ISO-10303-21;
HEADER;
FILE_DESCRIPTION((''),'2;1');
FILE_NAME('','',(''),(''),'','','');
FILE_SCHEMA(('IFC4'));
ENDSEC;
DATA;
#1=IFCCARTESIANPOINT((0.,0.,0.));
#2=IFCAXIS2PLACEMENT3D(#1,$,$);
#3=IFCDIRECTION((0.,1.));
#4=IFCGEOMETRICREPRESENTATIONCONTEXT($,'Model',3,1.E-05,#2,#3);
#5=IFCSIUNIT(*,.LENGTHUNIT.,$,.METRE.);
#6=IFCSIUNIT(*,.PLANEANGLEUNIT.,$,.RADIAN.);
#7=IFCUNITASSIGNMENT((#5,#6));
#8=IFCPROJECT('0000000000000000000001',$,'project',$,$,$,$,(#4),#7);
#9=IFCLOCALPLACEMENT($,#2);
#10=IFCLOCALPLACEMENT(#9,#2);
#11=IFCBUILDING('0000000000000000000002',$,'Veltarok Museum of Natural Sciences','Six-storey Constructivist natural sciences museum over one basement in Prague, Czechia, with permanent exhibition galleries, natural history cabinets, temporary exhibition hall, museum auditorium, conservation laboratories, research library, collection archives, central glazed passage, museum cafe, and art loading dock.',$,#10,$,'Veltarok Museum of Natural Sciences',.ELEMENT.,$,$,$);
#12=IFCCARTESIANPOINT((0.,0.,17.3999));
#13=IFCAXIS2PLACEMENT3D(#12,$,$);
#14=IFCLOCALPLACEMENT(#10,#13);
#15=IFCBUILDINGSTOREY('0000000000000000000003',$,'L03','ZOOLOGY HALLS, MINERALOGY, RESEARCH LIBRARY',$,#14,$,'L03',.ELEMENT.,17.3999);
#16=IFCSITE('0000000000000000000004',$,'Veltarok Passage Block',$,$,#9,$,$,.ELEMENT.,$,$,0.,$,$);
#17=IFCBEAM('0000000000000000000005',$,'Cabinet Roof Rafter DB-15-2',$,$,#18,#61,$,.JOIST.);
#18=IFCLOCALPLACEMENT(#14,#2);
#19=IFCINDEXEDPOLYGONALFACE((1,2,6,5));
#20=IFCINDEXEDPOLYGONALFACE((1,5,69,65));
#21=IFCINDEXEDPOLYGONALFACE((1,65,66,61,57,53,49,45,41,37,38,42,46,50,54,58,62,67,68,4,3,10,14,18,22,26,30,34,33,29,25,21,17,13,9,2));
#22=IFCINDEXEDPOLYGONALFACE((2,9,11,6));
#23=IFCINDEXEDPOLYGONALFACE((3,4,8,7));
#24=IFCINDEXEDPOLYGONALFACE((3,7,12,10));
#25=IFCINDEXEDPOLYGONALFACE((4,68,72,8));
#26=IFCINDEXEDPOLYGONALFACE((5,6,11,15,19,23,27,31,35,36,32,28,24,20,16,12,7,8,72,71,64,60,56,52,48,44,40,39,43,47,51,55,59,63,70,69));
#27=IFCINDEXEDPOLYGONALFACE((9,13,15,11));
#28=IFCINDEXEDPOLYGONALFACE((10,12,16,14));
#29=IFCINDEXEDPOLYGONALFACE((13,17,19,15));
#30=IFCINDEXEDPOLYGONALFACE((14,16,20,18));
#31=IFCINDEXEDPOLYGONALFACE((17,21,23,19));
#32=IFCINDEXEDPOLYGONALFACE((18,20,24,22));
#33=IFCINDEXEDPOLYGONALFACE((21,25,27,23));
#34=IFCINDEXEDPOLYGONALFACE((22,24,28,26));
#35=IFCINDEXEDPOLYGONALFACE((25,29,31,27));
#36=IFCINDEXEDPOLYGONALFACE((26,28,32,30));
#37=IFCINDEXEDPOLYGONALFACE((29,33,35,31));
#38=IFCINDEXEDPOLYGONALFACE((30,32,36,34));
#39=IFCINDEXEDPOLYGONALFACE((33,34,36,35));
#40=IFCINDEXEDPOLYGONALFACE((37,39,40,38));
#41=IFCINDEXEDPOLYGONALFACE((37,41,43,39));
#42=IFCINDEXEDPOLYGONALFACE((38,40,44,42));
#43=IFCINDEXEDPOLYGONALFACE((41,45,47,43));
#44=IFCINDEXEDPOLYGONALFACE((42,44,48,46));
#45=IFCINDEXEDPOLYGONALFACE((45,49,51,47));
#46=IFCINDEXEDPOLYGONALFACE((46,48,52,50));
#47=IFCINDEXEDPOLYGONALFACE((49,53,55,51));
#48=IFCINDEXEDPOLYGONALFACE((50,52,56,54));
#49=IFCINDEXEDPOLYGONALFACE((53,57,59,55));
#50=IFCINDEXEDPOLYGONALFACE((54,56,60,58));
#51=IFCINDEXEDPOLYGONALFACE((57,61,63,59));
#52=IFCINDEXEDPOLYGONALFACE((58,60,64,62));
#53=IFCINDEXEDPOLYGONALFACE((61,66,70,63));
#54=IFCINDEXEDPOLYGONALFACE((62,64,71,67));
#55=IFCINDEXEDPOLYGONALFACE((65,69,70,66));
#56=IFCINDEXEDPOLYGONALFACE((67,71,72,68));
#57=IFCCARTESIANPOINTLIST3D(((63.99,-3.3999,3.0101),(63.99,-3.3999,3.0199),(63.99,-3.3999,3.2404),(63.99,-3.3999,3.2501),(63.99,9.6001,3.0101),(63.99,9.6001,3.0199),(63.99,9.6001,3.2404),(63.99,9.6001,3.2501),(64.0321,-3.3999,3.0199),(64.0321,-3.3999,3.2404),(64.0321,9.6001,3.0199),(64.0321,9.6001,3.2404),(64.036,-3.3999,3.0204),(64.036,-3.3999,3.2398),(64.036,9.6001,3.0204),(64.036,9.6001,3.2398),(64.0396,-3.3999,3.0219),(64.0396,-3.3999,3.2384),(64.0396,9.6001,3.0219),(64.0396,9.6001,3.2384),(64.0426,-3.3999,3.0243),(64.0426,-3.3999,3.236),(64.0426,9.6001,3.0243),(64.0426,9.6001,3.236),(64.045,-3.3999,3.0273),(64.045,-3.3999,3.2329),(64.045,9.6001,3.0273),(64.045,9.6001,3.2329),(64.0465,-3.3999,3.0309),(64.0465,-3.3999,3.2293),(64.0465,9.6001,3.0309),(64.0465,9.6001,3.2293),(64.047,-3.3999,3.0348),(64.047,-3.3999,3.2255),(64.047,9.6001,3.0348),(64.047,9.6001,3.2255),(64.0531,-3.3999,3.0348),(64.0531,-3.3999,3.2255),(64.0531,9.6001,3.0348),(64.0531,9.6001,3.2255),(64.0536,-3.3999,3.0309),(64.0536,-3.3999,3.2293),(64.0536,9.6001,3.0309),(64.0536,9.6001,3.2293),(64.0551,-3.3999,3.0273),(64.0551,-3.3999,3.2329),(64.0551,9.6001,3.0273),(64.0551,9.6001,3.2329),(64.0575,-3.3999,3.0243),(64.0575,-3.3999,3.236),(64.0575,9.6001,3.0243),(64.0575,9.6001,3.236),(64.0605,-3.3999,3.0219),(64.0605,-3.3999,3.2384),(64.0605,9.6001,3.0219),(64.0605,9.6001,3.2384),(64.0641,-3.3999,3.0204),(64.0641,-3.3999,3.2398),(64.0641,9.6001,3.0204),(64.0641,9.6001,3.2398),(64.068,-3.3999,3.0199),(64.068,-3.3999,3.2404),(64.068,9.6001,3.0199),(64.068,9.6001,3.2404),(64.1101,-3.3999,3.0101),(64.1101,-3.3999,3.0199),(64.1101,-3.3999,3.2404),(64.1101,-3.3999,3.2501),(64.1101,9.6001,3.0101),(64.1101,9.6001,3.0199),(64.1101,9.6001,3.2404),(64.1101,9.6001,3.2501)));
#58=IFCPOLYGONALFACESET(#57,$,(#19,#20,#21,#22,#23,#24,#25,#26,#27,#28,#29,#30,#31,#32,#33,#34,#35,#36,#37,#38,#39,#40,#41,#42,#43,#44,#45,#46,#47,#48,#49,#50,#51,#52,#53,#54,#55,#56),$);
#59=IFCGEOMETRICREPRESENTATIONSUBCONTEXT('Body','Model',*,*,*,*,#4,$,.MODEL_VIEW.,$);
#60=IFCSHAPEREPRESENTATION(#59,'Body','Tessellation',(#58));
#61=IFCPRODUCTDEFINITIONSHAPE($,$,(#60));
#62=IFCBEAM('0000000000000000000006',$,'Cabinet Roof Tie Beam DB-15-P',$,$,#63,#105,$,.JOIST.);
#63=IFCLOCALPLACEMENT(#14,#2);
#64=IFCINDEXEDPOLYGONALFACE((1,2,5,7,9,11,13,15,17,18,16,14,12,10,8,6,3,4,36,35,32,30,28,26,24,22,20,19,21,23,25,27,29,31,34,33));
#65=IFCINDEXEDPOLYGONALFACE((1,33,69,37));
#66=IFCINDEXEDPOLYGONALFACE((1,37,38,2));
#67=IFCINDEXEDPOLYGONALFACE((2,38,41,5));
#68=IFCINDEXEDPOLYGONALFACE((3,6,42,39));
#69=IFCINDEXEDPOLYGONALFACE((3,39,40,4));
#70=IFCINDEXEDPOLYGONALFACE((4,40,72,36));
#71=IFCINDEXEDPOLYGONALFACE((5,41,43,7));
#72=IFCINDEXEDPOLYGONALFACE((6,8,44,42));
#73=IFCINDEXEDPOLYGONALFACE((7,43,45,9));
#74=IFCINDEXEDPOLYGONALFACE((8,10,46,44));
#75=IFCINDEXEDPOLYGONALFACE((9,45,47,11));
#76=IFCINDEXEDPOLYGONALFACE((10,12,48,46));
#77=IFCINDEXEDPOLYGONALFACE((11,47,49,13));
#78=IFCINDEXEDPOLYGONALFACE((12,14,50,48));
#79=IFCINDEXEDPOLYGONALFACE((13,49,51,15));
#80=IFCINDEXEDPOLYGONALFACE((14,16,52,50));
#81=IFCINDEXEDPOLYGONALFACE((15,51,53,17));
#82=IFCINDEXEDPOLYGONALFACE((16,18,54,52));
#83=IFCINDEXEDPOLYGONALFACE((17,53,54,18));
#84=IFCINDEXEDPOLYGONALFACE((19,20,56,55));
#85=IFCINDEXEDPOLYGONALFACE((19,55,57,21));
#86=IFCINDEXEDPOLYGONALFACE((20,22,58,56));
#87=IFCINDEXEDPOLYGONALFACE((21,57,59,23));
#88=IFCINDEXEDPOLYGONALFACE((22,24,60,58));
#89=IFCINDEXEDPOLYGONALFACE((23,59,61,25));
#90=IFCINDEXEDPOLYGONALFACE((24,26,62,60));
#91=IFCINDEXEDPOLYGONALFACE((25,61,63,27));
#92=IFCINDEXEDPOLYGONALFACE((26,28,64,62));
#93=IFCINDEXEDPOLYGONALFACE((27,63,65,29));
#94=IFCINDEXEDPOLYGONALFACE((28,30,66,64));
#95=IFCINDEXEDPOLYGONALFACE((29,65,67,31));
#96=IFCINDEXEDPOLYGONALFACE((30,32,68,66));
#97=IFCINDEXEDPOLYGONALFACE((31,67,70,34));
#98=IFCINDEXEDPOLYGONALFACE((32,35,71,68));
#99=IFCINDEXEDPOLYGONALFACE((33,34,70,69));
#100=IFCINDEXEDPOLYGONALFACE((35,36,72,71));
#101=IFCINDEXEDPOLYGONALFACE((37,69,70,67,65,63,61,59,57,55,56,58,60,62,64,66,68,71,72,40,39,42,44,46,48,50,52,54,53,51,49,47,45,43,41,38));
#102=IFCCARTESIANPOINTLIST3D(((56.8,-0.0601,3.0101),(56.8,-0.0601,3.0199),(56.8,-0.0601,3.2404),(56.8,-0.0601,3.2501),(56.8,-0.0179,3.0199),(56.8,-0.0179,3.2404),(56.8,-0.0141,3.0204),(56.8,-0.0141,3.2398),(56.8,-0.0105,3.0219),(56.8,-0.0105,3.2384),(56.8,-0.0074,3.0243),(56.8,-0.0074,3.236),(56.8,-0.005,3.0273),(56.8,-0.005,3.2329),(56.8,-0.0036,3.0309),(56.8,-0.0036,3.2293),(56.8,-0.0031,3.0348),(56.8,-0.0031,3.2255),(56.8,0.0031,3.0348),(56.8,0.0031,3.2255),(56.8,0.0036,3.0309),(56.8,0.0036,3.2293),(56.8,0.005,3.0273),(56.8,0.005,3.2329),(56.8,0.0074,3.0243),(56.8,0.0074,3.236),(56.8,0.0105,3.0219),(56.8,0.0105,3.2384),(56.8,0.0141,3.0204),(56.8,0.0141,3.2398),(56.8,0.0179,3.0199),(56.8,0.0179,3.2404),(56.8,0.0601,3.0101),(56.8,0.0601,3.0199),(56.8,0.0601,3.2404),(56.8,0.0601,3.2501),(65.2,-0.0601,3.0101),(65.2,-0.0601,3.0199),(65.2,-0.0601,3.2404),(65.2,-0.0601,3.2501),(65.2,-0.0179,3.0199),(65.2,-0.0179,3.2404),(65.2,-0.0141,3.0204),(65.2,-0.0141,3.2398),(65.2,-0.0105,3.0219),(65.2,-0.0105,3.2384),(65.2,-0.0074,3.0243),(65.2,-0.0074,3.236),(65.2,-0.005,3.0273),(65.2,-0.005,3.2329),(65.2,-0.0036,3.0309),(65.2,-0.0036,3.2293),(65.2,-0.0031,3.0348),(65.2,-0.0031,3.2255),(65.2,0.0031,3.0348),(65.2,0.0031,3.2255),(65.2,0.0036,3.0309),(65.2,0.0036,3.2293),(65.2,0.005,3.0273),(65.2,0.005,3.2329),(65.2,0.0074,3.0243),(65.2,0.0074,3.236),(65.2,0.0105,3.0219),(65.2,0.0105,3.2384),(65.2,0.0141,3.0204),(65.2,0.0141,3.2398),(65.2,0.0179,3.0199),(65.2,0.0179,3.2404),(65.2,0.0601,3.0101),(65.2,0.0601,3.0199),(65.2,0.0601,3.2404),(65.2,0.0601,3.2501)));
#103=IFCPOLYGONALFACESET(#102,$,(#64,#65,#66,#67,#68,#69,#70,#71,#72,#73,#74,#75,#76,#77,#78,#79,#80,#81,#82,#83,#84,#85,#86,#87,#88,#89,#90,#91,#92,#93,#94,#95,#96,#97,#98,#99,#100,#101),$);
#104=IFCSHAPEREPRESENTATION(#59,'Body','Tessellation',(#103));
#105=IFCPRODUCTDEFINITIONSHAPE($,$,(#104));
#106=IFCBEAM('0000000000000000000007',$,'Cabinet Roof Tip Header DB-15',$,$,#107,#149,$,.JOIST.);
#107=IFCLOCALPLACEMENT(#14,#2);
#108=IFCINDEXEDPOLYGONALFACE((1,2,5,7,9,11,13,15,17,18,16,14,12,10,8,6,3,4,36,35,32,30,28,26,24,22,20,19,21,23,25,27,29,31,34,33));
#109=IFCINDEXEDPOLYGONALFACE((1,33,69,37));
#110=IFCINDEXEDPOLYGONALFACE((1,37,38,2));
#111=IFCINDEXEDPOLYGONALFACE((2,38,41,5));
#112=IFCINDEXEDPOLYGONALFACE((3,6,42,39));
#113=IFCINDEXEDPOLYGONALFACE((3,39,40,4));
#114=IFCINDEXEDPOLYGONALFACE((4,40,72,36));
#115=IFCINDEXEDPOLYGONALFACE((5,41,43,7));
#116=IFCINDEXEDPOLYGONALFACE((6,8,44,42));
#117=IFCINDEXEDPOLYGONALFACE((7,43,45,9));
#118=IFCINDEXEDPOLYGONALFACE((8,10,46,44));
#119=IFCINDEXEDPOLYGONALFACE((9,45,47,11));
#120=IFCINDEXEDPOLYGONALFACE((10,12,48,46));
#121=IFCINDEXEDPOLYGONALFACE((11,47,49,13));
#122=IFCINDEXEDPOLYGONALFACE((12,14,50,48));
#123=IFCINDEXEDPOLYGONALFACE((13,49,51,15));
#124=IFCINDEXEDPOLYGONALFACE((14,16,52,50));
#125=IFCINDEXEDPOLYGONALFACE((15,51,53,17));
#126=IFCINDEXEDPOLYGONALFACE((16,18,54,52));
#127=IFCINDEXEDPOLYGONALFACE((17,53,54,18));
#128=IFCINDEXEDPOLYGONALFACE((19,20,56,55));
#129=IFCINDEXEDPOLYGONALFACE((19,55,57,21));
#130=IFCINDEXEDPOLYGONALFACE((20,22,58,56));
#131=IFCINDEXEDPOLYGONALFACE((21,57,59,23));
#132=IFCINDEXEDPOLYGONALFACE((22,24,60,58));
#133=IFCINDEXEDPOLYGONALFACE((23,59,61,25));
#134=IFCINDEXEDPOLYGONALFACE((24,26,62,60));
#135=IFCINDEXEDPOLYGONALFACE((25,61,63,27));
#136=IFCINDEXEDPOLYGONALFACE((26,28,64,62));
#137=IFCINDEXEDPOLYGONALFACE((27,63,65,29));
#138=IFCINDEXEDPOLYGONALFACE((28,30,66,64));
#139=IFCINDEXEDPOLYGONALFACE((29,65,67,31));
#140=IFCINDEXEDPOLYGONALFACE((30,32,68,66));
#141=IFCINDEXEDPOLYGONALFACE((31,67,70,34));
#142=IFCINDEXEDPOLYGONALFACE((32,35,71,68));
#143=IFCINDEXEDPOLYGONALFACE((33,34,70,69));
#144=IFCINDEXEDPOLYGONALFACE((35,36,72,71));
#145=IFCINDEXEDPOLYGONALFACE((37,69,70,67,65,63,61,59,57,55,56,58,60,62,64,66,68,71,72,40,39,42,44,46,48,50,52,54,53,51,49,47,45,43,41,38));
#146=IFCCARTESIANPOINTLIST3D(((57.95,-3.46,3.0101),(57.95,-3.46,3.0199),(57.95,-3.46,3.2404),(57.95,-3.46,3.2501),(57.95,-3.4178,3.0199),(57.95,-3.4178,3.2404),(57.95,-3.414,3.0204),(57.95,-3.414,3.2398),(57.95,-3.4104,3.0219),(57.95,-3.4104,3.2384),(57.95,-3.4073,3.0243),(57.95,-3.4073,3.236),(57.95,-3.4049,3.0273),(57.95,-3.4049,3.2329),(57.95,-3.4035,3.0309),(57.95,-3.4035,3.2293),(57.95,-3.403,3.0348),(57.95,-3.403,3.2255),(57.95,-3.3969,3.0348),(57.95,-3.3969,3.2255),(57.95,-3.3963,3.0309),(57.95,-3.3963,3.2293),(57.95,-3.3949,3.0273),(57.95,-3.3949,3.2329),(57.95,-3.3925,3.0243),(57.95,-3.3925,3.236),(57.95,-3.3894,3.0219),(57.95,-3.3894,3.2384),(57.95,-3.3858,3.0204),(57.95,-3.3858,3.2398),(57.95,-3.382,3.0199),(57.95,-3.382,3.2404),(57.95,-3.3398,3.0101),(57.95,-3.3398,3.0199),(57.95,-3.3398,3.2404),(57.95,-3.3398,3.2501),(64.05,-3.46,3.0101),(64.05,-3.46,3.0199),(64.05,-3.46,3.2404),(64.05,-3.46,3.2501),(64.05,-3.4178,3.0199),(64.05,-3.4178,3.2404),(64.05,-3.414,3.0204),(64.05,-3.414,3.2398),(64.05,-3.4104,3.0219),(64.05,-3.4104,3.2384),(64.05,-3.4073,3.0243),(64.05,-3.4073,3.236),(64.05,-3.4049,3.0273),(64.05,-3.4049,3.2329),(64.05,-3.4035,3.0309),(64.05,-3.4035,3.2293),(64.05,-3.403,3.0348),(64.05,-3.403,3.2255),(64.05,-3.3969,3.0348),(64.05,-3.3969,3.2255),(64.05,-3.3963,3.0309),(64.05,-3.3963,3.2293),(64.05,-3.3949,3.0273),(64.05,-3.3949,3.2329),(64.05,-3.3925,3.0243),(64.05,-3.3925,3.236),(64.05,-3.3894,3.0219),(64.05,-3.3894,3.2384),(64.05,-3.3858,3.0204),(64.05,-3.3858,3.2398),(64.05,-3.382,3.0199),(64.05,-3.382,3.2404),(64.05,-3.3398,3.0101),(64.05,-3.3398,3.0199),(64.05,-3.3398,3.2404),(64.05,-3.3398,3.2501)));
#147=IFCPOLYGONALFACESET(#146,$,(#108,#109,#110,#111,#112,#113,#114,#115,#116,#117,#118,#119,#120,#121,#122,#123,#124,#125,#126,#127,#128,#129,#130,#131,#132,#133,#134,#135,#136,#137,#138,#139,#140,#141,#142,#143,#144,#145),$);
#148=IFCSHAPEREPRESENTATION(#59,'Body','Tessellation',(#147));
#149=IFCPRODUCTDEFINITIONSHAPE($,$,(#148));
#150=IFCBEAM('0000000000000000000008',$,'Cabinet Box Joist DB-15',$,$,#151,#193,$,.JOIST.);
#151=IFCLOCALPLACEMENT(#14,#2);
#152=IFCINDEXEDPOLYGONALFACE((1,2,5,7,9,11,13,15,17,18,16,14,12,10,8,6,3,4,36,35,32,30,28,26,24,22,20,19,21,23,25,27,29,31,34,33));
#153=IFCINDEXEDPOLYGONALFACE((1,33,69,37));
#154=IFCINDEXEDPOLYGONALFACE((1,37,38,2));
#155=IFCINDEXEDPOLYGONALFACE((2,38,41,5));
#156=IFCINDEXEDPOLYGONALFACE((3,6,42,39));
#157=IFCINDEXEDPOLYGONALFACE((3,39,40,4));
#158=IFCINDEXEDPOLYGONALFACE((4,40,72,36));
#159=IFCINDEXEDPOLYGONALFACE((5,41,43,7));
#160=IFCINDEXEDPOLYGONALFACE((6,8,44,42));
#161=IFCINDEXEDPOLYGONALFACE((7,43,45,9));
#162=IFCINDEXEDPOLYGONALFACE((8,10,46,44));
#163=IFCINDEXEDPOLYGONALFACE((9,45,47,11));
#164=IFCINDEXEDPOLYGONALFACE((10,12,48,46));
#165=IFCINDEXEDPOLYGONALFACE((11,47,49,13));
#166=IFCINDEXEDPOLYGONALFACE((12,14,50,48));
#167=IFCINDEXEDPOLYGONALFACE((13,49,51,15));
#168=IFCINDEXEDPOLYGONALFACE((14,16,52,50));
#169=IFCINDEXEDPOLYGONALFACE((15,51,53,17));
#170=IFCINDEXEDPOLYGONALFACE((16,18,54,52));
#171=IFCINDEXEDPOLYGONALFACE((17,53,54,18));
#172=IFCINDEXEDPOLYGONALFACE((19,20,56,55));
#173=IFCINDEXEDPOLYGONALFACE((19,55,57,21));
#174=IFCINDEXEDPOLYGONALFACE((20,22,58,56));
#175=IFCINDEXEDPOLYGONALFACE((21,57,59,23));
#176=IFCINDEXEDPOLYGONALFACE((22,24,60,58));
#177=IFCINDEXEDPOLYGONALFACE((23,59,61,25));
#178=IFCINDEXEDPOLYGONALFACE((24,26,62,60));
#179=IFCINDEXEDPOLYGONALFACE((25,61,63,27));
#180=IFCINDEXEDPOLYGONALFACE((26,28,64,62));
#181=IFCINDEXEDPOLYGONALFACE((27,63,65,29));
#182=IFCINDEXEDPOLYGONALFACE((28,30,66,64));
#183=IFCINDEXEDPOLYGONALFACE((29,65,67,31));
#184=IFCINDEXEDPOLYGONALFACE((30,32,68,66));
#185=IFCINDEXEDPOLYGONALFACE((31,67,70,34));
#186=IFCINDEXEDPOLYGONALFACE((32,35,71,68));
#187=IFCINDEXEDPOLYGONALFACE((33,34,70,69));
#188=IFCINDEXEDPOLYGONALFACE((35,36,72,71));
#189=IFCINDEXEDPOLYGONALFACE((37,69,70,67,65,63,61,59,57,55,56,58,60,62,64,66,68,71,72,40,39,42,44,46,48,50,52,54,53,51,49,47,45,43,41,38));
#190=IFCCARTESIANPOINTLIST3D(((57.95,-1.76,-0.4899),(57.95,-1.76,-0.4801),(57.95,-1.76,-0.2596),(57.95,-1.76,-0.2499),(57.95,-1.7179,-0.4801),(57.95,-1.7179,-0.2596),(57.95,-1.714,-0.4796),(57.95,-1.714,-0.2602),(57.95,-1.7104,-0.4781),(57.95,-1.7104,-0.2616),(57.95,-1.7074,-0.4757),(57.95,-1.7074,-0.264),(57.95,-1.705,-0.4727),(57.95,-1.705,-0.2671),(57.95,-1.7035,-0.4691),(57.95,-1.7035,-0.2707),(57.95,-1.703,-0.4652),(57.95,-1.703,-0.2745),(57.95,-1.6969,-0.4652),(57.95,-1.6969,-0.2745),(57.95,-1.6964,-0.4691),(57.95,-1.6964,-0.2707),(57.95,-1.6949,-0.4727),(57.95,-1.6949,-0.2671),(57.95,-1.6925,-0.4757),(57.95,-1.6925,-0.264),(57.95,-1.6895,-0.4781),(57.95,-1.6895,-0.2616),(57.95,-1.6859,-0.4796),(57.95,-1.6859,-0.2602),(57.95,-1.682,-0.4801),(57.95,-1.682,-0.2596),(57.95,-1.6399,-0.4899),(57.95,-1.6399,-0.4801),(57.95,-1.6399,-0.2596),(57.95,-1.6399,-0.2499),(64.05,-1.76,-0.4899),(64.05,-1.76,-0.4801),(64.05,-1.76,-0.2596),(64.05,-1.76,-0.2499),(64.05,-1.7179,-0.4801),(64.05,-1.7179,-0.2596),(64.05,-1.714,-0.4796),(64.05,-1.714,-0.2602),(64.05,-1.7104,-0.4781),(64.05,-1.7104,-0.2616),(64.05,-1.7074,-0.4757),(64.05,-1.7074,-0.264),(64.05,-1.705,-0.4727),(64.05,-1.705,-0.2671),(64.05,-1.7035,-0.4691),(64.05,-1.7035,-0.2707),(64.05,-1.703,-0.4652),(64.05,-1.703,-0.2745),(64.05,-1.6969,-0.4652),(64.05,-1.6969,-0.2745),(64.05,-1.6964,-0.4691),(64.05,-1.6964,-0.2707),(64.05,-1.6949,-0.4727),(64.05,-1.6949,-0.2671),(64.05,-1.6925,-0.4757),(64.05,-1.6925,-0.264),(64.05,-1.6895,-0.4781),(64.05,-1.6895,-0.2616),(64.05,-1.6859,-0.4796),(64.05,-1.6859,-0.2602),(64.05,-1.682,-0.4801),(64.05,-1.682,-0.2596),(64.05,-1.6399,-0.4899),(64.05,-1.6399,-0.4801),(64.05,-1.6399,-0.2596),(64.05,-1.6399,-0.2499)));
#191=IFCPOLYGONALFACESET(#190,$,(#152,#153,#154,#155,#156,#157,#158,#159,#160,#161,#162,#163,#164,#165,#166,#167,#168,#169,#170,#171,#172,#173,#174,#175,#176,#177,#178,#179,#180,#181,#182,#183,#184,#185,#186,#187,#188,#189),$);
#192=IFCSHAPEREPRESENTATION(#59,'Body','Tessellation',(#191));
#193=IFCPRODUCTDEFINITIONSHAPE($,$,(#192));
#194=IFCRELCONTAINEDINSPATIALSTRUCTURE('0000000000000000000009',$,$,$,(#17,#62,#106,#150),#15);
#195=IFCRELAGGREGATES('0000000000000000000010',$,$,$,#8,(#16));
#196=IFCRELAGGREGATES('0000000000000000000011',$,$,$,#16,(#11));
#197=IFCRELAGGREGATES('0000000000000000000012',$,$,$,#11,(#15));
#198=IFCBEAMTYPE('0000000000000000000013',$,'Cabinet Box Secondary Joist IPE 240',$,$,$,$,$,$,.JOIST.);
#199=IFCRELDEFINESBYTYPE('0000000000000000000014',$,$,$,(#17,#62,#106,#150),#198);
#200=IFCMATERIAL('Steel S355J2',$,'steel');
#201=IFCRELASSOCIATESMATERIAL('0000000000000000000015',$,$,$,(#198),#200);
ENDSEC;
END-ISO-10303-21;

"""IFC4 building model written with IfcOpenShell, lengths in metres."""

from ifc_helpers import new_model, si_unit, direction, frame, origin, origin_2d, place, context, subcontext, project, spatial, i_section, extrude, material, material_profile, profile_set, type_object, element, save


model = new_model("IFC4")

# Units and contexts
model_context = context("Model", 3, precision=1e-05, world=origin(), true_north=direction((0.0, 1.0)))
body_context = subcontext(model_context, "Body", "Model", "MODEL_VIEW")
ifc_project = project(units=[si_unit("LENGTHUNIT", "METRE"), si_unit("PLANEANGLEUNIT", "RADIAN")], contexts=[model_context])

# Site, building, storey
site_placement = place(None, origin())
site = spatial("IfcSite", under=ifc_project, at=site_placement, Name="Veltarok Passage Block", CompositionType="ELEMENT", RefElevation=0.0)
building_placement = place(site_placement, origin())
building = spatial("IfcBuilding", under=site, at=building_placement, Name="Veltarok Museum of Natural Sciences", Description="Six-storey Constructivist natural sciences museum over one basement in Prague, Czechia, with permanent exhibition galleries, natural history cabinets, temporary exhibition hall, museum auditorium, conservation laboratories, research library, collection archives, central glazed passage, museum cafe, and art loading dock.", LongName="Veltarok Museum of Natural Sciences", CompositionType="ELEMENT")
storey_placement = place(building_placement, frame((0.0, 0.0, 17.3999)))
storey = spatial("IfcBuildingStorey", under=building, at=storey_placement, Name="L03", Description="ZOOLOGY HALLS, MINERALOGY, RESEARCH LIBRARY", LongName="L03", CompositionType="ELEMENT", Elevation=17.3999)

# Beams
ifc_material_1 = material(Name="Steel S355J2", Category="steel")
ifc_material_profile_1 = material_profile(ifc_material_1, i_section(OverallWidth=0.1201, OverallDepth=0.24, WebThickness=0.0061, FlangeThickness=0.0098, FilletRadius=0.0149, at=origin_2d()), Name="IPE 240")
ifc_profile_set_1 = profile_set([ifc_material_profile_1], Name="Steel S355J2")
beam_type_1 = type_object("IfcBeamType", Name="Cabinet Box Secondary Joist IPE 240", PredefinedType="JOIST", material=ifc_profile_set_1)
for number, where, z_axis, x_axis, name in (
    (1, (64.05, -3.3999, 3.1301), (0.0, 1.0, 0.0), (-1.0, 0.0, 0.0), "Cabinet Roof Rafter DB-15-2"),
):
    element("IfcBeam", number, at=place(storey_placement, frame(where, z_axis=z_axis, x_axis=x_axis)), inside=storey, type_object=beam_type_1, Name=name, PredefinedType="JOIST", context=body_context, shape_type="SweptSolid", body=[
        extrude(i_section(OverallWidth=0.1201, OverallDepth=0.24, WebThickness=0.0061, FlangeThickness=0.0098, FilletRadius=0.0149, at=origin_2d()), origin(), (0.0, 0.0, 1.0), 13.0),
    ])
beam_1_placement = place(storey_placement, frame((56.8, 0.0, 3.1301), z_axis=(1.0, 0.0, 0.0), x_axis=(0.0, 1.0, 0.0)))
element("IfcBeam", 2, at=beam_1_placement, inside=storey, type_object=beam_type_1, Name="Cabinet Roof Tie Beam DB-15-P", PredefinedType="JOIST", context=body_context, shape_type="SweptSolid", body=[
    extrude(i_section(OverallWidth=0.1201, OverallDepth=0.24, WebThickness=0.0061, FlangeThickness=0.0098, FilletRadius=0.0149, at=origin_2d()), origin(), (0.0, 0.0, 1.0), 8.3999),
])
for number, where, z_axis, x_axis, name in (
    (3, (57.95, -3.3999, 3.1301), (1.0, 0.0, 0.0), (0.0, 1.0, 0.0), "Cabinet Roof Tip Header DB-15"),
    (4, (57.95, -1.7, -0.3699), (1.0, 0.0, 0.0), (0.0, 1.0, 0.0), "Cabinet Box Joist DB-15"),
):
    element("IfcBeam", number, at=place(storey_placement, frame(where, z_axis=z_axis, x_axis=x_axis)), inside=storey, type_object=beam_type_1, Name=name, PredefinedType="JOIST", context=body_context, shape_type="SweptSolid", body=[
        extrude(i_section(OverallWidth=0.1201, OverallDepth=0.24, WebThickness=0.0061, FlangeThickness=0.0098, FilletRadius=0.0149, at=origin_2d()), origin(), (0.0, 0.0, 1.0), 6.1001),
    ])

save(model, "model.ifc")
